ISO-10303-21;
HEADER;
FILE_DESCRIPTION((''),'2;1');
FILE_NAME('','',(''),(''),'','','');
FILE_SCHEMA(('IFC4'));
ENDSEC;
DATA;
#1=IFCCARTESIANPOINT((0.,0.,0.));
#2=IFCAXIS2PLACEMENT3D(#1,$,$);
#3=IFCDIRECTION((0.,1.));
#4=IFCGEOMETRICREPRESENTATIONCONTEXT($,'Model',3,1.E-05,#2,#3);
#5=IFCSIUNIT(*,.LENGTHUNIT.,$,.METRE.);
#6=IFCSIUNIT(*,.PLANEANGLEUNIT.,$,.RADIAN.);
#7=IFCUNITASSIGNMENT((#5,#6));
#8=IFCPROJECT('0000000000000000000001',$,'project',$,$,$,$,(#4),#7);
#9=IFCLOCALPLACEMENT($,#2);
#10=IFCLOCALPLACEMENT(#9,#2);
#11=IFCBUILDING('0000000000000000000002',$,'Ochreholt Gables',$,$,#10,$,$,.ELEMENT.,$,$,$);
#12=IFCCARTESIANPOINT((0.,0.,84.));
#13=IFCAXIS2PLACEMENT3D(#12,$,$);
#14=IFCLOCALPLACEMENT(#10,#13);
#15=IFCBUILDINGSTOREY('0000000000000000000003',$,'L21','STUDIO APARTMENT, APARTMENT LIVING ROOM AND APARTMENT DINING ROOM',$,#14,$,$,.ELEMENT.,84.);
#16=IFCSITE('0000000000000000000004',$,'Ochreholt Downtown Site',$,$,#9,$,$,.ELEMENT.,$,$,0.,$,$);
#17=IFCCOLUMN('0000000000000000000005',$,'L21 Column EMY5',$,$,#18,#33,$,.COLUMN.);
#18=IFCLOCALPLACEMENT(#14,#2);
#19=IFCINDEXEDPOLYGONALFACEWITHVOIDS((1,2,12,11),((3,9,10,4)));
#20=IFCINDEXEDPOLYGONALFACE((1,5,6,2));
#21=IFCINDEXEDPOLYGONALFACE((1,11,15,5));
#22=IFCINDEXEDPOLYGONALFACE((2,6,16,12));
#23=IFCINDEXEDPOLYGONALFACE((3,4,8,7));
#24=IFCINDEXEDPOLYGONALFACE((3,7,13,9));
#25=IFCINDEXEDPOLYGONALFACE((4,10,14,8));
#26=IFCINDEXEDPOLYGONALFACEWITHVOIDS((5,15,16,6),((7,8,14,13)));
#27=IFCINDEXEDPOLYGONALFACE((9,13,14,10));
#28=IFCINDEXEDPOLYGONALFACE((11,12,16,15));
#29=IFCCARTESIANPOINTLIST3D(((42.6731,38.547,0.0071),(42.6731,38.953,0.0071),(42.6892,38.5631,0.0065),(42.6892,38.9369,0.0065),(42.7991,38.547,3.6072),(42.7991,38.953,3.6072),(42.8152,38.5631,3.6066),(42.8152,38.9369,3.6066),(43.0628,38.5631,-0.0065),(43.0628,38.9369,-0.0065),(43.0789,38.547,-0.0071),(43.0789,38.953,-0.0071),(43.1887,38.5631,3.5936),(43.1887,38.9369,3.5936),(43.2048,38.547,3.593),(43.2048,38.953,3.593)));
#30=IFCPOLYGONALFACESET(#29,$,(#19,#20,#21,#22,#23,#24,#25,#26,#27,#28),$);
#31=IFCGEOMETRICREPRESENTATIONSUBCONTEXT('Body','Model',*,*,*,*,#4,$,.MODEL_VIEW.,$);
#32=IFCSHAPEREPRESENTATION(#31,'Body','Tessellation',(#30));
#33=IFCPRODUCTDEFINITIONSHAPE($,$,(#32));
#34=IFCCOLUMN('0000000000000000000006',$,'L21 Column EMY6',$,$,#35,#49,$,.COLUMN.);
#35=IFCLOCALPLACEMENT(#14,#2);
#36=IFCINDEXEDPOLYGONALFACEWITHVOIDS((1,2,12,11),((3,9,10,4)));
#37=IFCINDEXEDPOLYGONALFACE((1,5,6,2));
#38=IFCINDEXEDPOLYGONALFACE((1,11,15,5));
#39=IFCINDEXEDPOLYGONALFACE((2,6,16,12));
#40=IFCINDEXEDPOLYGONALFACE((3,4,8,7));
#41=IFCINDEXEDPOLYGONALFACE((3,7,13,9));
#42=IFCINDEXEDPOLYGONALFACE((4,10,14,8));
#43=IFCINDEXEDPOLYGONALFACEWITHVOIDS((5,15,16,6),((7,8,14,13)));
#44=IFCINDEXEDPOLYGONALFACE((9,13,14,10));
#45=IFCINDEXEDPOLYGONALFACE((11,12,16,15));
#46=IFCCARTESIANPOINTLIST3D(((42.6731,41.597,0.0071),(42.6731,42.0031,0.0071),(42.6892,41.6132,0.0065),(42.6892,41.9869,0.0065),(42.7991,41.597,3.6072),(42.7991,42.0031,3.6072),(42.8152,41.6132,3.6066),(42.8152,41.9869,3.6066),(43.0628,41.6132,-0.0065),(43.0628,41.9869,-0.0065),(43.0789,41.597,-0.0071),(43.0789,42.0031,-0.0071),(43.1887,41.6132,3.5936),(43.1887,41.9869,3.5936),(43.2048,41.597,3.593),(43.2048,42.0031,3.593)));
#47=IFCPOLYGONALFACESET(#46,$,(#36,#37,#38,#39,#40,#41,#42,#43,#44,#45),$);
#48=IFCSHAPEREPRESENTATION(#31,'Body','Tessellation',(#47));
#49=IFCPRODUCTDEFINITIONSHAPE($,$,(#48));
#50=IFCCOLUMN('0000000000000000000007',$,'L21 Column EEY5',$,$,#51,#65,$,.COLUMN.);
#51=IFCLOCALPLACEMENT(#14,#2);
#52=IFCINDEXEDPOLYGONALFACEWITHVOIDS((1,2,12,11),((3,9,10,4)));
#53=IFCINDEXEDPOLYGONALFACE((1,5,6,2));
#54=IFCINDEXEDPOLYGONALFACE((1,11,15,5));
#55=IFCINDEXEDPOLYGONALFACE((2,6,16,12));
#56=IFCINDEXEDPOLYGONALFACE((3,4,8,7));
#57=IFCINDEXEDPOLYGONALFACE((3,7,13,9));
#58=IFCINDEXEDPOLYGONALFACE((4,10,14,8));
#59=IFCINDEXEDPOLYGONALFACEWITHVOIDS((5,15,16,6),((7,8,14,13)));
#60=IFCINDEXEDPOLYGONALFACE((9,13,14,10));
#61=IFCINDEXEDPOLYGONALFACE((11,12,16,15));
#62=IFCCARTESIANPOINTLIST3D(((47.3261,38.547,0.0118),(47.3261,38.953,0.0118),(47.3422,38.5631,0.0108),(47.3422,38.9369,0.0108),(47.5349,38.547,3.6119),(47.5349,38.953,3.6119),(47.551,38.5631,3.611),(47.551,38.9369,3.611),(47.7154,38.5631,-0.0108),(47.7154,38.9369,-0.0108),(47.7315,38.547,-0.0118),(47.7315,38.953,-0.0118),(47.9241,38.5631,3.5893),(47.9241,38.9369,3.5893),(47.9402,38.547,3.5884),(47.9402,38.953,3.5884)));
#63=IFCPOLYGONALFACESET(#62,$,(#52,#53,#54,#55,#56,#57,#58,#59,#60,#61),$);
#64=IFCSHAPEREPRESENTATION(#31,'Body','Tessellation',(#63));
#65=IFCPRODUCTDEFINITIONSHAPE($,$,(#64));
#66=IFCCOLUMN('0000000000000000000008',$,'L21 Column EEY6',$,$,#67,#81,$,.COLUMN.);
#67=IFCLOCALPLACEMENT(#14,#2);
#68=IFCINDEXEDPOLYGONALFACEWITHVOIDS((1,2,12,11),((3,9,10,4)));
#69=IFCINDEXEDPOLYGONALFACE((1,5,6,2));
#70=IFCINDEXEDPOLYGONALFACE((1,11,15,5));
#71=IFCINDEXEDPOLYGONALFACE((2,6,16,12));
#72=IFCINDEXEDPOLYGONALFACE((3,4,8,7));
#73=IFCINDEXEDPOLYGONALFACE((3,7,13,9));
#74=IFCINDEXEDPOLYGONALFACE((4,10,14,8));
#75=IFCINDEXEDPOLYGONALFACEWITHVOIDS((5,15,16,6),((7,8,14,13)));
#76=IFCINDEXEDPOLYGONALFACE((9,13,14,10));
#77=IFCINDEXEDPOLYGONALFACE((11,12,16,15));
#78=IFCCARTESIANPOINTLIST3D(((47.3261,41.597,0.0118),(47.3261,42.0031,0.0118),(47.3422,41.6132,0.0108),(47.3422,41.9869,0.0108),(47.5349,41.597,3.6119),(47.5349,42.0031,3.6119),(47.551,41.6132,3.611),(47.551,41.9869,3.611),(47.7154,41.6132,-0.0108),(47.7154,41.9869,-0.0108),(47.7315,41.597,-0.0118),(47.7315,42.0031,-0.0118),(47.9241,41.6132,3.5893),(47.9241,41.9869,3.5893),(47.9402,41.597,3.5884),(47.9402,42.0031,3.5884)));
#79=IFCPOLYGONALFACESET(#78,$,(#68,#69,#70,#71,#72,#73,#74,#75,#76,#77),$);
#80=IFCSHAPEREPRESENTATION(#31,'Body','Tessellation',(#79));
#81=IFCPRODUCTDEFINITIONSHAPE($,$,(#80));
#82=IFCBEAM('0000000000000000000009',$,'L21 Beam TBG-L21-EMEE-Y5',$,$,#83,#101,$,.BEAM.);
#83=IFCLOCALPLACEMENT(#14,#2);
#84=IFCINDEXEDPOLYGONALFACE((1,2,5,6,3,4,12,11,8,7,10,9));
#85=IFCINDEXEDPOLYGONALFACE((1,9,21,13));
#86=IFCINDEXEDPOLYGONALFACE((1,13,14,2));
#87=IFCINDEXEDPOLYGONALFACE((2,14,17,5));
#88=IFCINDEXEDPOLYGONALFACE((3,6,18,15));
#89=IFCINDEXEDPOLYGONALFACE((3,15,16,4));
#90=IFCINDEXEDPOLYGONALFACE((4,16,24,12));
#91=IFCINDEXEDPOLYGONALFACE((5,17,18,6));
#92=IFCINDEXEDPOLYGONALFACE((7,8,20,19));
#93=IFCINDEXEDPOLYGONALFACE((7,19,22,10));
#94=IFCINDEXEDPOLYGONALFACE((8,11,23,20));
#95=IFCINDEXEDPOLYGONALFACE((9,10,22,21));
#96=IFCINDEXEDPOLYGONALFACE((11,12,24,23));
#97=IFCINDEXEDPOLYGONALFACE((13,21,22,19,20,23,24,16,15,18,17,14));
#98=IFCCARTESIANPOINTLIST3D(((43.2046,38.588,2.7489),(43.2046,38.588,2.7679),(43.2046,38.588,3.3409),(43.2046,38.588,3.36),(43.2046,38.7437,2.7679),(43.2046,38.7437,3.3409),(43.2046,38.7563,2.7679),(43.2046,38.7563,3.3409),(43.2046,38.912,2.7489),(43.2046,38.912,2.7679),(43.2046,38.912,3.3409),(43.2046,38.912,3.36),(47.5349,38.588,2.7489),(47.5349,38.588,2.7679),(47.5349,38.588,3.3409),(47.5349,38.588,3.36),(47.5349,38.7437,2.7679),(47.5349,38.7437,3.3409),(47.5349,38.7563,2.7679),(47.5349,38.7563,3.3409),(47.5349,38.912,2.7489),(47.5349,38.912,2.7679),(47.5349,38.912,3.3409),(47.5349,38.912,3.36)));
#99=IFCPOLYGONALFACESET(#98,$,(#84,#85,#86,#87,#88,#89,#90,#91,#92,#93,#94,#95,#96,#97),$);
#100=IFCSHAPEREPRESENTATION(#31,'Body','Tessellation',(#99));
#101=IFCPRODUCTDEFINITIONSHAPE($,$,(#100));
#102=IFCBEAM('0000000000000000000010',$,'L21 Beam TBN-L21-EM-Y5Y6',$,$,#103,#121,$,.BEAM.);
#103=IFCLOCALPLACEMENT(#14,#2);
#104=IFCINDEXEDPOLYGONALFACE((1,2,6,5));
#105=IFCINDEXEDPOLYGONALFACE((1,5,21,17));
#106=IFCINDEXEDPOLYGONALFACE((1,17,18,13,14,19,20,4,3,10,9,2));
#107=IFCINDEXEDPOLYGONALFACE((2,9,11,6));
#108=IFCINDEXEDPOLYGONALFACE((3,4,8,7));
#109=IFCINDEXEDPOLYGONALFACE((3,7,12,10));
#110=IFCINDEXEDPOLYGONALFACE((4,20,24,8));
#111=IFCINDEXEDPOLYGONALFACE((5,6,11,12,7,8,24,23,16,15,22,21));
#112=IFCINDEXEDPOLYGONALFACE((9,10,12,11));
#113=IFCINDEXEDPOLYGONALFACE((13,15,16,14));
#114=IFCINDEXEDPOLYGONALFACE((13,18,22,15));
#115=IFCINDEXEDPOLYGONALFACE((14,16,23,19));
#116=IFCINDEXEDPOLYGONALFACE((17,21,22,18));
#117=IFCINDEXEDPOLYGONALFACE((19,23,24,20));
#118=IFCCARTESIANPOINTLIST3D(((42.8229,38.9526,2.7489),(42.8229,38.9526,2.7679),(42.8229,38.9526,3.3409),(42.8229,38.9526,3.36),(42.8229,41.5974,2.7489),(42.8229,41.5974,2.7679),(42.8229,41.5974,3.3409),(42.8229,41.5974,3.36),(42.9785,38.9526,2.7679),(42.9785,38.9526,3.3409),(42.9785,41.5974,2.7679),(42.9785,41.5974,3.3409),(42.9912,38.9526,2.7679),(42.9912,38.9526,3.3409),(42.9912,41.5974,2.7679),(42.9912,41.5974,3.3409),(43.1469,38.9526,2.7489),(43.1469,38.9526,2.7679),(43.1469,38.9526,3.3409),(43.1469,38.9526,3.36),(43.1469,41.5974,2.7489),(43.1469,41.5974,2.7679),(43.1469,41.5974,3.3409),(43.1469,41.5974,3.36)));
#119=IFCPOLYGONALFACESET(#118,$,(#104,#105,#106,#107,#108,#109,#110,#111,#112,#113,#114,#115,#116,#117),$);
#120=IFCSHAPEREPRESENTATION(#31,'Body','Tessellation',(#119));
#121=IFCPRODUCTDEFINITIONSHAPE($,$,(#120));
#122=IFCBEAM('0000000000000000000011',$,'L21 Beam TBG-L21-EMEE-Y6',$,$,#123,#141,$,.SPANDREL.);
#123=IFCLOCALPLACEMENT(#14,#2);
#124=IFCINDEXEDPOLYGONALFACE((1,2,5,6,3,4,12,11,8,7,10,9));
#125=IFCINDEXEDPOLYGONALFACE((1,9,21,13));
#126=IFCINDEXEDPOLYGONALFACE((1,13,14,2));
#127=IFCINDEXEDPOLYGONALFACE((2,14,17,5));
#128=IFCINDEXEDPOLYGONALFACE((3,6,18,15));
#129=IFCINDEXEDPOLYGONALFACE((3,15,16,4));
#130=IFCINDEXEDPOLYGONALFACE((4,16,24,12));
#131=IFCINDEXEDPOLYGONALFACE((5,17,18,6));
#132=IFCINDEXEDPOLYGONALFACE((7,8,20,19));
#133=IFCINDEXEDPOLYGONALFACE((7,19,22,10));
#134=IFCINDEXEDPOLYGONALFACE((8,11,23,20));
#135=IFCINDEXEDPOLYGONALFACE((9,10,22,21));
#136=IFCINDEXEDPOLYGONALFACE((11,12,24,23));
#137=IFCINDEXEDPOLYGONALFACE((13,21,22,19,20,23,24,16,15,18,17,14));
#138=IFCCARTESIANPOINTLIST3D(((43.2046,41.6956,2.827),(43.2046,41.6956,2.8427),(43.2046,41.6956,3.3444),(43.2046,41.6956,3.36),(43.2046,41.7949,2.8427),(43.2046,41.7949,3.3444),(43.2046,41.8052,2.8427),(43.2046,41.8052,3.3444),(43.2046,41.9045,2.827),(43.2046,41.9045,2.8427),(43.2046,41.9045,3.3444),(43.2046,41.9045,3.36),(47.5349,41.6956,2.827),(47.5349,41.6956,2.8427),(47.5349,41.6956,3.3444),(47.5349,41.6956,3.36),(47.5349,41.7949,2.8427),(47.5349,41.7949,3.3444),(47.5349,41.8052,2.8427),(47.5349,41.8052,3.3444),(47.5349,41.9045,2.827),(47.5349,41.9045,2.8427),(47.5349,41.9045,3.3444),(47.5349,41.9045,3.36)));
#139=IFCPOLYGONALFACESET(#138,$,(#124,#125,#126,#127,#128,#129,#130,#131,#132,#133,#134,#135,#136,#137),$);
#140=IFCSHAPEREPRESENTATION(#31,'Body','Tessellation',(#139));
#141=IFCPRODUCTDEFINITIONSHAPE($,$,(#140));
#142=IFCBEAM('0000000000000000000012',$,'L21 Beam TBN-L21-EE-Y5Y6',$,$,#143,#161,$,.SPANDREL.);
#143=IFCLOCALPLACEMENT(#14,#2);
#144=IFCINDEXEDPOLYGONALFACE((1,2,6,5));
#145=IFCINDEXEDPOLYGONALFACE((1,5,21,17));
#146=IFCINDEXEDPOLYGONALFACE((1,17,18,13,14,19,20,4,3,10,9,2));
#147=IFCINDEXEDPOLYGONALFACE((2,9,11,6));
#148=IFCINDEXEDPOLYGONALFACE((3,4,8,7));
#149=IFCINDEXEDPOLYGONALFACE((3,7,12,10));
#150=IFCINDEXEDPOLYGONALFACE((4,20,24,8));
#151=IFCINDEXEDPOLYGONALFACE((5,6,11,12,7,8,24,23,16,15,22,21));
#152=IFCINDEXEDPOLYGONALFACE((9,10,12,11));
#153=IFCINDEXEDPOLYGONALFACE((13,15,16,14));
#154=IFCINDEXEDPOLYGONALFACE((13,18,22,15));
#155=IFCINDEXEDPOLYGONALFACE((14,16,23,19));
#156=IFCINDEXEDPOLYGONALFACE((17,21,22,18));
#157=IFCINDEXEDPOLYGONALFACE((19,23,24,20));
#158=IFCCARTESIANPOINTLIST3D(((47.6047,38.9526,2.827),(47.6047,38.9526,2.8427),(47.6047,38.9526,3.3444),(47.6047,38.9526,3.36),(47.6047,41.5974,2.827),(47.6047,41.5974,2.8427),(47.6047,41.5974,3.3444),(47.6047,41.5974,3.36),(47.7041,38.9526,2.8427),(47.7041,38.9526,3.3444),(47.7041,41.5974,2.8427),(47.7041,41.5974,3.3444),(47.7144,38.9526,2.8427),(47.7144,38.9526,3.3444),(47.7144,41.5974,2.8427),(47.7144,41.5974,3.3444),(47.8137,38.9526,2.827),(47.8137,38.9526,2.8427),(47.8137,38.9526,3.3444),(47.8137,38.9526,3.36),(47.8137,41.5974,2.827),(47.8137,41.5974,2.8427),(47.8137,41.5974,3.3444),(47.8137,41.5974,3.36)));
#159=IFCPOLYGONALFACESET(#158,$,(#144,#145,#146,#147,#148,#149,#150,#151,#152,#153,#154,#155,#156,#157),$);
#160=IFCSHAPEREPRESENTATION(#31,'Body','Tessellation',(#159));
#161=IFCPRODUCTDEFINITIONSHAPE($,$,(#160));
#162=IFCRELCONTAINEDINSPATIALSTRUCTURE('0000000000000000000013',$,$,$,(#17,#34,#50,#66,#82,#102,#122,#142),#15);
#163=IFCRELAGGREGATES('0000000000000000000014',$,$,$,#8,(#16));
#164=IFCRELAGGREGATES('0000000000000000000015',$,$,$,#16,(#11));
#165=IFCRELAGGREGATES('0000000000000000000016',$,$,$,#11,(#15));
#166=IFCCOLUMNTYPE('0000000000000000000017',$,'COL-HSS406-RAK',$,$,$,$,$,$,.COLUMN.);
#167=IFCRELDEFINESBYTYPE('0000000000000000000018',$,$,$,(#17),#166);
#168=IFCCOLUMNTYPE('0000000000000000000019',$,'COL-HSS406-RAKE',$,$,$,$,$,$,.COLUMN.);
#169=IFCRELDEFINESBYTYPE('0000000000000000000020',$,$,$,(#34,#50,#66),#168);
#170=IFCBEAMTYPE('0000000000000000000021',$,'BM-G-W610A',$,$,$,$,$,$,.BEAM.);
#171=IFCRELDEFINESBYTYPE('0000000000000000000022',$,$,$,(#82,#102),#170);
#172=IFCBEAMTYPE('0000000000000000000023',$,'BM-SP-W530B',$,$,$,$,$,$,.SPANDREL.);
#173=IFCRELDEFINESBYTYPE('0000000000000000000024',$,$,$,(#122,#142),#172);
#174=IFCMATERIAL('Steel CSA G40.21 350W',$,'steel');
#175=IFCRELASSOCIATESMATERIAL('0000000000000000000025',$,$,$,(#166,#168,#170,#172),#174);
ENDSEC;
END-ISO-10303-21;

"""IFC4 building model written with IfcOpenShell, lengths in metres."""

from ifc_helpers import new_model, si_unit, direction, frame, origin, origin_2d, place, context, subcontext, project, spatial, hollow_rectangle, i_section, extrude, material, material_profile, profile_set, type_object, element, save


model = new_model("IFC4")

# Units and contexts
model_context = context("Model", 3, precision=1e-05, world=origin(), true_north=direction((0.0, 1.0)))
body_context = subcontext(model_context, "Body", "Model", "MODEL_VIEW")
ifc_project = project(units=[si_unit("LENGTHUNIT", "METRE"), si_unit("PLANEANGLEUNIT", "RADIAN")], contexts=[model_context])

# Site, building, storey
site_placement = place(None, origin())
site = spatial("IfcSite", under=ifc_project, at=site_placement, Name="Ochreholt Downtown Site", CompositionType="ELEMENT", RefElevation=0.0)
building_placement = place(site_placement, origin())
building = spatial("IfcBuilding", under=site, at=building_placement, Name="Ochreholt Gables", CompositionType="ELEMENT")
storey_placement = place(building_placement, frame((0.0, 0.0, 84.0)))
storey = spatial("IfcBuildingStorey", under=building, at=storey_placement, Name="L21", Description="STUDIO APARTMENT, APARTMENT LIVING ROOM AND APARTMENT DINING ROOM", CompositionType="ELEMENT", Elevation=84.0)

# Columns
ifc_material_1 = material(Name="Steel CSA G40.21 350W", Category="steel")
ifc_material_profile_1 = material_profile(ifc_material_1, hollow_rectangle(XDim=0.406, YDim=0.406, WallThickness=0.0161, at=origin_2d()), Name="HSS406X406X16")
ifc_profile_set_1 = profile_set([ifc_material_profile_1], Name="Steel CSA G40.21 350W")
column_type_1 = type_object("IfcColumnType", Name="COL-HSS406-RAK", PredefinedType="COLUMN", material=ifc_profile_set_1)
column_1_placement = place(storey_placement, frame((42.876, 38.75, 0.0), z_axis=(0.034971, 0.0, 0.999388), x_axis=(0.0, 1.0, 0.0)))
element("IfcColumn", 1, at=column_1_placement, inside=storey, type_object=column_type_1, Name="L21 Column EMY5", PredefinedType="COLUMN", context=body_context, shape_type="SweptSolid", body=[
    extrude(hollow_rectangle(XDim=0.406, YDim=0.406, WallThickness=0.0161, at=origin_2d()), origin(), (0.0, 0.0, 1.0), 3.6023),
])
ifc_material_profile_2 = material_profile(ifc_material_1, hollow_rectangle(XDim=0.406, YDim=0.406, WallThickness=0.0161, at=origin_2d()), Name="HSS406X406X16")
ifc_profile_set_2 = profile_set([ifc_material_profile_2], Name="Steel CSA G40.21 350W")
column_type_2 = type_object("IfcColumnType", Name="COL-HSS406-RAKE", PredefinedType="COLUMN", material=ifc_profile_set_2)
column_2_placement = place(storey_placement, frame((42.876, 41.8, 0.0), z_axis=(0.034971, 0.0, 0.999388), x_axis=(0.0, 1.0, 0.0)))
element("IfcColumn", 2, at=column_2_placement, inside=storey, type_object=column_type_2, Name="L21 Column EMY6", PredefinedType="COLUMN", context=body_context, shape_type="SweptSolid", body=[
    extrude(hollow_rectangle(XDim=0.406, YDim=0.406, WallThickness=0.0161, at=origin_2d()), origin(), (0.0, 0.0, 1.0), 3.6023),
])
for number, where, z_axis, x_axis, name in (
    (3, (47.5288, 38.75, 0.0), (0.057885, 0.0, 0.998323), (0.0, 1.0, 0.0), "L21 Column EEY5"),
    (4, (47.5288, 41.8, 0.0), (0.057885, 0.0, 0.998323), (0.0, 1.0, 0.0), "L21 Column EEY6"),
):
    element("IfcColumn", number, at=place(storey_placement, frame(where, z_axis=z_axis, x_axis=x_axis)), inside=storey, type_object=column_type_2, Name=name, PredefinedType="COLUMN", context=body_context, shape_type="SweptSolid", body=[
        extrude(hollow_rectangle(XDim=0.406, YDim=0.406, WallThickness=0.0161, at=origin_2d()), origin(), (0.0, 0.0, 1.0), 3.6062),
    ])

# Beams
ifc_material_profile_3 = material_profile(ifc_material_1, i_section(OverallWidth=0.324, OverallDepth=0.6111, WebThickness=0.0127, FlangeThickness=0.019, at=origin_2d()), Name="W610X155")
ifc_profile_set_3 = profile_set([ifc_material_profile_3], Name="Steel CSA G40.21 350W")
beam_type_1 = type_object("IfcBeamType", Name="BM-G-W610A", PredefinedType="BEAM", material=ifc_profile_set_3)
beam_1_placement = place(storey_placement, frame((43.2046, 38.75, 3.0544), z_axis=(1.0, 0.0, 0.0), x_axis=(0.0, 1.0, 0.0)))
element("IfcBeam", 5, at=beam_1_placement, inside=storey, type_object=beam_type_1, Name="L21 Beam TBG-L21-EMEE-Y5", PredefinedType="BEAM", context=body_context, shape_type="SweptSolid", body=[
    extrude(i_section(OverallWidth=0.324, OverallDepth=0.6111, WebThickness=0.0127, FlangeThickness=0.019, at=origin_2d()), origin(), (0.0, 0.0, 1.0), 4.3303),
])
beam_2_placement = place(storey_placement, frame((42.9849, 38.9526, 3.0544), z_axis=(0.0, 1.0, 0.0), x_axis=(-1.0, 0.0, 0.0)))
element("IfcBeam", 6, at=beam_2_placement, inside=storey, type_object=beam_type_1, Name="L21 Beam TBN-L21-EM-Y5Y6", PredefinedType="BEAM", context=body_context, shape_type="SweptSolid", body=[
    extrude(i_section(OverallWidth=0.324, OverallDepth=0.6111, WebThickness=0.0127, FlangeThickness=0.019, at=origin_2d()), origin(), (0.0, 0.0, 1.0), 2.6448),
])
ifc_material_profile_4 = material_profile(ifc_material_1, i_section(OverallWidth=0.209, OverallDepth=0.533, WebThickness=0.0103, FlangeThickness=0.0156, at=origin_2d()), Name="W530X92")
ifc_profile_set_4 = profile_set([ifc_material_profile_4], Name="Steel CSA G40.21 350W")
beam_type_2 = type_object("IfcBeamType", Name="BM-SP-W530B", PredefinedType="SPANDREL", material=ifc_profile_set_4)
beam_3_placement = place(storey_placement, frame((43.2046, 41.8, 3.0935), z_axis=(1.0, 0.0, 0.0), x_axis=(0.0, 1.0, 0.0)))
element("IfcBeam", 7, at=beam_3_placement, inside=storey, type_object=beam_type_2, Name="L21 Beam TBG-L21-EMEE-Y6", PredefinedType="SPANDREL", context=body_context, shape_type="SweptSolid", body=[
    extrude(i_section(OverallWidth=0.209, OverallDepth=0.533, WebThickness=0.0103, FlangeThickness=0.0156, at=origin_2d()), origin(), (0.0, 0.0, 1.0), 4.3303),
])
beam_4_placement = place(storey_placement, frame((47.7092, 38.9526, 3.0935), z_axis=(0.0, 1.0, 0.0), x_axis=(-1.0, 0.0, 0.0)))
element("IfcBeam", 8, at=beam_4_placement, inside=storey, type_object=beam_type_2, Name="L21 Beam TBN-L21-EE-Y5Y6", PredefinedType="SPANDREL", context=body_context, shape_type="SweptSolid", body=[
    extrude(i_section(OverallWidth=0.209, OverallDepth=0.533, WebThickness=0.0103, FlangeThickness=0.0156, at=origin_2d()), origin(), (0.0, 0.0, 1.0), 2.6448),
])

save(model, "model.ifc")
